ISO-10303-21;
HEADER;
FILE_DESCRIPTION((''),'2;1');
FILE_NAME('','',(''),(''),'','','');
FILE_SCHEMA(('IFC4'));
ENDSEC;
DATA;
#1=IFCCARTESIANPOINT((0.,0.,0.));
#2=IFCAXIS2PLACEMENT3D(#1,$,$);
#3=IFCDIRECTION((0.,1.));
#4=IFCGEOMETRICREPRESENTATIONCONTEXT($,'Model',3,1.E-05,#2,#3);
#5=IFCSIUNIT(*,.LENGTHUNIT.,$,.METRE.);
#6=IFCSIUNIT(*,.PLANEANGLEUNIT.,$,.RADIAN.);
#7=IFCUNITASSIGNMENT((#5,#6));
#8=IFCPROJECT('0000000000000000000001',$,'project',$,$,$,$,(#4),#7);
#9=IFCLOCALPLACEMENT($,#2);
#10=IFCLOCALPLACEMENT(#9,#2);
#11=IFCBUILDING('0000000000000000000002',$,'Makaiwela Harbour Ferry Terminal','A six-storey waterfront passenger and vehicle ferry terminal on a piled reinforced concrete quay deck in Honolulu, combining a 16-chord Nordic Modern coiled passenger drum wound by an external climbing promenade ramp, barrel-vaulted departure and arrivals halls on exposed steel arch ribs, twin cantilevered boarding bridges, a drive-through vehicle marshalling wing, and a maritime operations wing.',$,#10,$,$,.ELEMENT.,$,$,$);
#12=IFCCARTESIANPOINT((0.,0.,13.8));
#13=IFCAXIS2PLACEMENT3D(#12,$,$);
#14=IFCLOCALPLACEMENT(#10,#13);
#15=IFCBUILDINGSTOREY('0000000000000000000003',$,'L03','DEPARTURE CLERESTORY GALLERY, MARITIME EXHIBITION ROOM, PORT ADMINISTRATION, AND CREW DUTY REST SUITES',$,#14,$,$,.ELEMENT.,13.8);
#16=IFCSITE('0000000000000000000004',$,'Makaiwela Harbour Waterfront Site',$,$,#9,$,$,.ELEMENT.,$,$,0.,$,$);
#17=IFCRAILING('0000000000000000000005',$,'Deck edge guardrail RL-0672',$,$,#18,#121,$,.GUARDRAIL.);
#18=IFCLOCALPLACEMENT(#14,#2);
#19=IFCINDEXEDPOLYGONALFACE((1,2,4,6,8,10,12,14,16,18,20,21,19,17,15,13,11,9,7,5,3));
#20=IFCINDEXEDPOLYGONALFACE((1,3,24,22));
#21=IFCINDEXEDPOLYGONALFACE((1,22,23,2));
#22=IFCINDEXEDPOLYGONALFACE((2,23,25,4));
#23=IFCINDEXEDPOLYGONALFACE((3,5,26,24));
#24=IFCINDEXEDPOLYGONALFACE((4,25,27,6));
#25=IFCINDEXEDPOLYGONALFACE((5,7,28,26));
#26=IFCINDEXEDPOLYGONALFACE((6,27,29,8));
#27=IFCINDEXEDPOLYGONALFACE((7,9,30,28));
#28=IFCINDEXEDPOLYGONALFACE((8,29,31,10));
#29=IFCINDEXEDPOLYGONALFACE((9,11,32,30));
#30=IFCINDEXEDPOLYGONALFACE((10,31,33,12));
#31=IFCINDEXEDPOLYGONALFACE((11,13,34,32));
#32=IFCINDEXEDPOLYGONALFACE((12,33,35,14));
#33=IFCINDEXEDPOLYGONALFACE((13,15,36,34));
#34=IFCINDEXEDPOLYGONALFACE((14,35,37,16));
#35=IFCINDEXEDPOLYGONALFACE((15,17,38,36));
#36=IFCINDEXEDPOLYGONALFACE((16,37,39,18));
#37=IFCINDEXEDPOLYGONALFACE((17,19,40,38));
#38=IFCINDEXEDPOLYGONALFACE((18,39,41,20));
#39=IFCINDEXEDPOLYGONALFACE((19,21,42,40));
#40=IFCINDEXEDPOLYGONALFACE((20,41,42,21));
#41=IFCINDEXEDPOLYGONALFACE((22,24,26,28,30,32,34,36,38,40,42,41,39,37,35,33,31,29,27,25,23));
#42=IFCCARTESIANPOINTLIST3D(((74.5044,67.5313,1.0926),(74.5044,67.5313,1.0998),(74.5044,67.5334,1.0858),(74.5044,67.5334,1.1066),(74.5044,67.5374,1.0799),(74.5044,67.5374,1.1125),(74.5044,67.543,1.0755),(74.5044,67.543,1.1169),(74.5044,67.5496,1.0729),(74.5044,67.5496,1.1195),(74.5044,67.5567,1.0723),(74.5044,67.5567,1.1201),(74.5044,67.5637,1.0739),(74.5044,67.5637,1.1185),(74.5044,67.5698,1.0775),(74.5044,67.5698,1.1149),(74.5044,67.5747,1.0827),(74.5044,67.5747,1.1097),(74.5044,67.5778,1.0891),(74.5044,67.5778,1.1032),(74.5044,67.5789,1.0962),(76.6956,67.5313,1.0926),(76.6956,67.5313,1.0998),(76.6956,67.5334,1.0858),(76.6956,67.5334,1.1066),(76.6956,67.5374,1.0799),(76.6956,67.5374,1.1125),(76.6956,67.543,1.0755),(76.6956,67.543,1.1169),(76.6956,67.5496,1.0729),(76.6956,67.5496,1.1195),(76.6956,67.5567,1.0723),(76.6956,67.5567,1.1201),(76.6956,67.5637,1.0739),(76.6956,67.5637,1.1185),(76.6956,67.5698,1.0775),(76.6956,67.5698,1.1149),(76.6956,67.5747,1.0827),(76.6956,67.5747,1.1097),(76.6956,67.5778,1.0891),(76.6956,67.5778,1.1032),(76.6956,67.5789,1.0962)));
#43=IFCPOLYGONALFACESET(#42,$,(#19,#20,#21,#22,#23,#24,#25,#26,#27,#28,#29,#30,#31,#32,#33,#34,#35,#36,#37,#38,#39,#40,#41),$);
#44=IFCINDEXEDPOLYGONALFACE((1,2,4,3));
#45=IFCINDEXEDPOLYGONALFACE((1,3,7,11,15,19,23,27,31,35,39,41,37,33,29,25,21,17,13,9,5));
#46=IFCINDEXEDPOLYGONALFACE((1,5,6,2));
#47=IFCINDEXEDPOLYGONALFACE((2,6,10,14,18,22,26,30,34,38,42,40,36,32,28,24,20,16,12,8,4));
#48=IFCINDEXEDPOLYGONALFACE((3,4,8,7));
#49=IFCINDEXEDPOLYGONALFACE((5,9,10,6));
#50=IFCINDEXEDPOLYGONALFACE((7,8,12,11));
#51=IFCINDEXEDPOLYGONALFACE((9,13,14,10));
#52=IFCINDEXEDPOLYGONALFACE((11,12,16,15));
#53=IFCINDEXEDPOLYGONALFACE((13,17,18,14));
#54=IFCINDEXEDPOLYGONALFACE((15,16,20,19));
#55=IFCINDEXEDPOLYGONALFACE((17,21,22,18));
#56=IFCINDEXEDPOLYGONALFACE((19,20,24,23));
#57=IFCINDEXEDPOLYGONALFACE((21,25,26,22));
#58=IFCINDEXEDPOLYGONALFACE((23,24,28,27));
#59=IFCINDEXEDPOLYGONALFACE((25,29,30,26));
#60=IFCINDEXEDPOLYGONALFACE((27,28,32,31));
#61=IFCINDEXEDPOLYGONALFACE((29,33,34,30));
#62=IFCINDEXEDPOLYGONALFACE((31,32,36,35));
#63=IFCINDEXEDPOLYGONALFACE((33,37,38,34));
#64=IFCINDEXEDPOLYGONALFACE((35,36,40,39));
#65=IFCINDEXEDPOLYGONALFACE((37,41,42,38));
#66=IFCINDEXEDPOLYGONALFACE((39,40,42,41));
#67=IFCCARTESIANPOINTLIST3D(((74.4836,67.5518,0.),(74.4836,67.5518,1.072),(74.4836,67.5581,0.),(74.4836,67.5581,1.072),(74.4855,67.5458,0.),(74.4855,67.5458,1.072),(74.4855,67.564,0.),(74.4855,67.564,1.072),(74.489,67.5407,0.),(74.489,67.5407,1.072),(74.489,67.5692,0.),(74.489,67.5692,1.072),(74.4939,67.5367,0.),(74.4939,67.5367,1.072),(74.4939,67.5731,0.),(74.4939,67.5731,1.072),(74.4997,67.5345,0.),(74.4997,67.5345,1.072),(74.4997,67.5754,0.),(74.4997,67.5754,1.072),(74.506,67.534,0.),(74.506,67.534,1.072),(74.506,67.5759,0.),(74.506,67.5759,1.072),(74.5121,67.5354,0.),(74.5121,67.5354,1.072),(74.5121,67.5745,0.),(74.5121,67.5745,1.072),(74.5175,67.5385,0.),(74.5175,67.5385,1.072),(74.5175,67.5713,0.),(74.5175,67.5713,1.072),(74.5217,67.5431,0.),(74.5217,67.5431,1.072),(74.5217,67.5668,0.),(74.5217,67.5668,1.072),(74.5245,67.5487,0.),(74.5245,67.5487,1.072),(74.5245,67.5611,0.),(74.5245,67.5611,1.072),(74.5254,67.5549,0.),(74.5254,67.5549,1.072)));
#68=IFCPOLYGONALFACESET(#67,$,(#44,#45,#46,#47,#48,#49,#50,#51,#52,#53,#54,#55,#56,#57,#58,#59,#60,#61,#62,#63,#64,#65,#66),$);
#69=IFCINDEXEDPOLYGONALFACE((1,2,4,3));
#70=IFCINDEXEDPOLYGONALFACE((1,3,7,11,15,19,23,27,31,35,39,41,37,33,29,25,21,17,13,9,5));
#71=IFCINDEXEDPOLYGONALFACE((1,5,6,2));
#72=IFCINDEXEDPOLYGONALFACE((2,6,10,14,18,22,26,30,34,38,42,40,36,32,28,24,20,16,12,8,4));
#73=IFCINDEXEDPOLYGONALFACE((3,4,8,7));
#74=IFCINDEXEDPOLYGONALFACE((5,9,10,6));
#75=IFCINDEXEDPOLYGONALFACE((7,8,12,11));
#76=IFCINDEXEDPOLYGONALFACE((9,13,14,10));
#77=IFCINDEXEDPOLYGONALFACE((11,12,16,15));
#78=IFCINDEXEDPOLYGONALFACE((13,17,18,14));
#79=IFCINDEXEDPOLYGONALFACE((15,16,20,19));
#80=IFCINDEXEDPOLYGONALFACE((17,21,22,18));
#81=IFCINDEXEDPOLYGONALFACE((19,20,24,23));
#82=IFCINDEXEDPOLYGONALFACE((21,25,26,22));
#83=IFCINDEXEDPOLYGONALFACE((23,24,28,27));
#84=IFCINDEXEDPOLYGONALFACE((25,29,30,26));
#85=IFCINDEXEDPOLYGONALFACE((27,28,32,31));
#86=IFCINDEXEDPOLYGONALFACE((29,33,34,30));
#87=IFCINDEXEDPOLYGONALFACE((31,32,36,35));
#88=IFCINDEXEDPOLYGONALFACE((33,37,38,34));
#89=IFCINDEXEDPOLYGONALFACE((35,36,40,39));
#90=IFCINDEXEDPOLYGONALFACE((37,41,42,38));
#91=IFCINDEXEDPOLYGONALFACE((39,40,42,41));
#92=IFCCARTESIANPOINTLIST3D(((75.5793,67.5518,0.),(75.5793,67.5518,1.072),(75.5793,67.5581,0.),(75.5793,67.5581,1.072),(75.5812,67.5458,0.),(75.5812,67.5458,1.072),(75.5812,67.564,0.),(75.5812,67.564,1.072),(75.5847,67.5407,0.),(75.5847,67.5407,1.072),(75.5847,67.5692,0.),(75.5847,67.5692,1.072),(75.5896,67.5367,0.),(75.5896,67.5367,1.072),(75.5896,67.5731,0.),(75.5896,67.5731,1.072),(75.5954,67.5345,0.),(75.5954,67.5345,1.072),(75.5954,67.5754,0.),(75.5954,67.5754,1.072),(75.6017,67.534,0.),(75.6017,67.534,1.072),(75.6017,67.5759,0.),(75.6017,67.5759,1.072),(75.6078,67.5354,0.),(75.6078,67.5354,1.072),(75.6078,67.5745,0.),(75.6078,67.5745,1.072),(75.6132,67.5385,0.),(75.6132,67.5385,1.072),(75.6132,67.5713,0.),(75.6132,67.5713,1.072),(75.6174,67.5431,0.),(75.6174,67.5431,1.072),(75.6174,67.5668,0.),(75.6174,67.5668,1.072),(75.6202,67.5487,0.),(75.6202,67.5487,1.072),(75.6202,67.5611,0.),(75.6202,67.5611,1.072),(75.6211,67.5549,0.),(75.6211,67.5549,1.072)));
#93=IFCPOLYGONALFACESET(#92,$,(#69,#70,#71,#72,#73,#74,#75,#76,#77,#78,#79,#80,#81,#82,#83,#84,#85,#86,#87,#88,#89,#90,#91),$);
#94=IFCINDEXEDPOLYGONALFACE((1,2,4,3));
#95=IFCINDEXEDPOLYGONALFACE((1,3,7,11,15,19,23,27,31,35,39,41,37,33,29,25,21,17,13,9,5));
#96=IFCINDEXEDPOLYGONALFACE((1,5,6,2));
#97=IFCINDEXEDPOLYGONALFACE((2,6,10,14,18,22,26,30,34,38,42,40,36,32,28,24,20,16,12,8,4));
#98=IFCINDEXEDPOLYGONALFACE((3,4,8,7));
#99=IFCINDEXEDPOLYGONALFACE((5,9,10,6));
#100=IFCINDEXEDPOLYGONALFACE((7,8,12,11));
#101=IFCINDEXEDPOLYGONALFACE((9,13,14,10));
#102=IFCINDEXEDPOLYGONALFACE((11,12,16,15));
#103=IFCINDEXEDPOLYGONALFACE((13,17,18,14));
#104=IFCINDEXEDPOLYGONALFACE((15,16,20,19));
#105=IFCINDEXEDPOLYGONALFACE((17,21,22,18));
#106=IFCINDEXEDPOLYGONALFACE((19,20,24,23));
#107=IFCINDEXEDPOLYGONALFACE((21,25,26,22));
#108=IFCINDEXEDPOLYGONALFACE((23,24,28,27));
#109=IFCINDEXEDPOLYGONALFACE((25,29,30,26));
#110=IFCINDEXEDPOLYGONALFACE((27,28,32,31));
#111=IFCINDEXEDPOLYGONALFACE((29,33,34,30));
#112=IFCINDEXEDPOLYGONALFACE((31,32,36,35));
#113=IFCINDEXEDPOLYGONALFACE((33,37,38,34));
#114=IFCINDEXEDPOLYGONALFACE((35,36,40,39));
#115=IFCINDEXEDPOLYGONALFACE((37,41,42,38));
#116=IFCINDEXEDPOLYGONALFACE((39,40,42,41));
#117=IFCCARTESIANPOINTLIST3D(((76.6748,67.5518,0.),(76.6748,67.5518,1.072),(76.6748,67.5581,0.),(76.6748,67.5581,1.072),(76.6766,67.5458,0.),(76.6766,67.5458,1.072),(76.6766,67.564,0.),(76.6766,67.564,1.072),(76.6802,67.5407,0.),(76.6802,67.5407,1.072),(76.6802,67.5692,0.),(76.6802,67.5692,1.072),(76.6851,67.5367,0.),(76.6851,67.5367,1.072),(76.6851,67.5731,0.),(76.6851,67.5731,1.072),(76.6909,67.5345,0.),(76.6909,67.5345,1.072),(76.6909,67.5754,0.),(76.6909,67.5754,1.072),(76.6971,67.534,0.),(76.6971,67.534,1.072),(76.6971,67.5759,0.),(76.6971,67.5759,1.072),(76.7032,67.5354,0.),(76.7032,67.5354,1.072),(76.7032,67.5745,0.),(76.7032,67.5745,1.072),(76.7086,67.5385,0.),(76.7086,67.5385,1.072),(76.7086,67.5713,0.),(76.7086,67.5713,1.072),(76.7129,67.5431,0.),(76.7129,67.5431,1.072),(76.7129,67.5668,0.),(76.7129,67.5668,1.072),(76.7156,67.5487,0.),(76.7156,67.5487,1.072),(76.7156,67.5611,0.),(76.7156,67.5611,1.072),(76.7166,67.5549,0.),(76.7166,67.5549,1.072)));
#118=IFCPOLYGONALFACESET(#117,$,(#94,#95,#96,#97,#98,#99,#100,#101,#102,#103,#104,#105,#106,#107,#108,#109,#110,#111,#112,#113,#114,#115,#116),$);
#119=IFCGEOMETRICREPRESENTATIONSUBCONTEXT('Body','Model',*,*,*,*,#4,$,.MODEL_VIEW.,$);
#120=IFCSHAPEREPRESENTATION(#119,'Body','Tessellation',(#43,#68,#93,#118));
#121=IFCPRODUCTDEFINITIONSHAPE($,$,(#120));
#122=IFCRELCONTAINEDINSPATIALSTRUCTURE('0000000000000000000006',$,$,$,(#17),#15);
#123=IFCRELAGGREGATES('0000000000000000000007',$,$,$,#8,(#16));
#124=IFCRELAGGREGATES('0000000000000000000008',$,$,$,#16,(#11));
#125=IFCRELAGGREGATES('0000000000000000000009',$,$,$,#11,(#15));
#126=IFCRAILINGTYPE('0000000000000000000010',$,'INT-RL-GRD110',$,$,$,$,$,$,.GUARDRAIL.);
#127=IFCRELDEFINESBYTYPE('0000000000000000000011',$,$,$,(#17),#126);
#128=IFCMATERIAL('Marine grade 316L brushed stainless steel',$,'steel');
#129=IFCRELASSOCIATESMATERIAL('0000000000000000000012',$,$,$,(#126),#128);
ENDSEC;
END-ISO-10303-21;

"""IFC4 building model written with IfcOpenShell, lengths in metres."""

from ifc_helpers import new_model, si_unit, direction, frame, origin, origin_2d, place, context, subcontext, project, spatial, circle, extrude, material, type_object, element, save


model = new_model("IFC4")

# Units and contexts
model_context = context("Model", 3, precision=1e-05, world=origin(), true_north=direction((0.0, 1.0)))
body_context = subcontext(model_context, "Body", "Model", "MODEL_VIEW")
ifc_project = project(units=[si_unit("LENGTHUNIT", "METRE"), si_unit("PLANEANGLEUNIT", "RADIAN")], contexts=[model_context])

# Site, building, storey
site_placement = place(None, origin())
site = spatial("IfcSite", under=ifc_project, at=site_placement, Name="Makaiwela Harbour Waterfront Site", CompositionType="ELEMENT", RefElevation=0.0)
building_placement = place(site_placement, origin())
building = spatial("IfcBuilding", under=site, at=building_placement, Name="Makaiwela Harbour Ferry Terminal", Description="A six-storey waterfront passenger and vehicle ferry terminal on a piled reinforced concrete quay deck in Honolulu, combining a 16-chord Nordic Modern coiled passenger drum wound by an external climbing promenade ramp, barrel-vaulted departure and arrivals halls on exposed steel arch ribs, twin cantilevered boarding bridges, a drive-through vehicle marshalling wing, and a maritime operations wing.", CompositionType="ELEMENT")
storey_placement = place(building_placement, frame((0.0, 0.0, 13.8)))
storey = spatial("IfcBuildingStorey", under=building, at=storey_placement, Name="L03", Description="DEPARTURE CLERESTORY GALLERY, MARITIME EXHIBITION ROOM, PORT ADMINISTRATION, AND CREW DUTY REST SUITES", CompositionType="ELEMENT", Elevation=13.8)

# Railing
ifc_material_1 = material(Name="Marine grade 316L brushed stainless steel", Category="steel")
railing_type = type_object("IfcRailingType", Name="INT-RL-GRD110", PredefinedType="GUARDRAIL", material=ifc_material_1)
railing_1_placement = place(storey_placement, frame((74.5044, 67.5549, 0.0)))
element("IfcRailing", 1, at=railing_1_placement, inside=storey, type_object=railing_type, Name="Deck edge guardrail RL-0672", PredefinedType="GUARDRAIL", context=body_context, shape_type="SweptSolid", body=[
    extrude(circle(Radius=0.0239, at=origin_2d()), frame((0.0, 0.0, 1.0962), z_axis=(1.0, 0.0, 0.0), x_axis=(0.0, 1.0, 0.0)), (0.0, 0.0, 1.0), 2.1912),
    extrude(circle(Radius=0.021, at=origin_2d()), origin(), (0.0, 0.0, 1.0), 1.072),
    extrude(circle(Radius=0.021, at=origin_2d()), frame((1.0957, 0.0, 0.0)), (0.0, 0.0, 1.0), 1.072),
    extrude(circle(Radius=0.021, at=origin_2d()), frame((2.1912, 0.0, 0.0)), (0.0, 0.0, 1.0), 1.072),
])

save(model, "model.ifc")
